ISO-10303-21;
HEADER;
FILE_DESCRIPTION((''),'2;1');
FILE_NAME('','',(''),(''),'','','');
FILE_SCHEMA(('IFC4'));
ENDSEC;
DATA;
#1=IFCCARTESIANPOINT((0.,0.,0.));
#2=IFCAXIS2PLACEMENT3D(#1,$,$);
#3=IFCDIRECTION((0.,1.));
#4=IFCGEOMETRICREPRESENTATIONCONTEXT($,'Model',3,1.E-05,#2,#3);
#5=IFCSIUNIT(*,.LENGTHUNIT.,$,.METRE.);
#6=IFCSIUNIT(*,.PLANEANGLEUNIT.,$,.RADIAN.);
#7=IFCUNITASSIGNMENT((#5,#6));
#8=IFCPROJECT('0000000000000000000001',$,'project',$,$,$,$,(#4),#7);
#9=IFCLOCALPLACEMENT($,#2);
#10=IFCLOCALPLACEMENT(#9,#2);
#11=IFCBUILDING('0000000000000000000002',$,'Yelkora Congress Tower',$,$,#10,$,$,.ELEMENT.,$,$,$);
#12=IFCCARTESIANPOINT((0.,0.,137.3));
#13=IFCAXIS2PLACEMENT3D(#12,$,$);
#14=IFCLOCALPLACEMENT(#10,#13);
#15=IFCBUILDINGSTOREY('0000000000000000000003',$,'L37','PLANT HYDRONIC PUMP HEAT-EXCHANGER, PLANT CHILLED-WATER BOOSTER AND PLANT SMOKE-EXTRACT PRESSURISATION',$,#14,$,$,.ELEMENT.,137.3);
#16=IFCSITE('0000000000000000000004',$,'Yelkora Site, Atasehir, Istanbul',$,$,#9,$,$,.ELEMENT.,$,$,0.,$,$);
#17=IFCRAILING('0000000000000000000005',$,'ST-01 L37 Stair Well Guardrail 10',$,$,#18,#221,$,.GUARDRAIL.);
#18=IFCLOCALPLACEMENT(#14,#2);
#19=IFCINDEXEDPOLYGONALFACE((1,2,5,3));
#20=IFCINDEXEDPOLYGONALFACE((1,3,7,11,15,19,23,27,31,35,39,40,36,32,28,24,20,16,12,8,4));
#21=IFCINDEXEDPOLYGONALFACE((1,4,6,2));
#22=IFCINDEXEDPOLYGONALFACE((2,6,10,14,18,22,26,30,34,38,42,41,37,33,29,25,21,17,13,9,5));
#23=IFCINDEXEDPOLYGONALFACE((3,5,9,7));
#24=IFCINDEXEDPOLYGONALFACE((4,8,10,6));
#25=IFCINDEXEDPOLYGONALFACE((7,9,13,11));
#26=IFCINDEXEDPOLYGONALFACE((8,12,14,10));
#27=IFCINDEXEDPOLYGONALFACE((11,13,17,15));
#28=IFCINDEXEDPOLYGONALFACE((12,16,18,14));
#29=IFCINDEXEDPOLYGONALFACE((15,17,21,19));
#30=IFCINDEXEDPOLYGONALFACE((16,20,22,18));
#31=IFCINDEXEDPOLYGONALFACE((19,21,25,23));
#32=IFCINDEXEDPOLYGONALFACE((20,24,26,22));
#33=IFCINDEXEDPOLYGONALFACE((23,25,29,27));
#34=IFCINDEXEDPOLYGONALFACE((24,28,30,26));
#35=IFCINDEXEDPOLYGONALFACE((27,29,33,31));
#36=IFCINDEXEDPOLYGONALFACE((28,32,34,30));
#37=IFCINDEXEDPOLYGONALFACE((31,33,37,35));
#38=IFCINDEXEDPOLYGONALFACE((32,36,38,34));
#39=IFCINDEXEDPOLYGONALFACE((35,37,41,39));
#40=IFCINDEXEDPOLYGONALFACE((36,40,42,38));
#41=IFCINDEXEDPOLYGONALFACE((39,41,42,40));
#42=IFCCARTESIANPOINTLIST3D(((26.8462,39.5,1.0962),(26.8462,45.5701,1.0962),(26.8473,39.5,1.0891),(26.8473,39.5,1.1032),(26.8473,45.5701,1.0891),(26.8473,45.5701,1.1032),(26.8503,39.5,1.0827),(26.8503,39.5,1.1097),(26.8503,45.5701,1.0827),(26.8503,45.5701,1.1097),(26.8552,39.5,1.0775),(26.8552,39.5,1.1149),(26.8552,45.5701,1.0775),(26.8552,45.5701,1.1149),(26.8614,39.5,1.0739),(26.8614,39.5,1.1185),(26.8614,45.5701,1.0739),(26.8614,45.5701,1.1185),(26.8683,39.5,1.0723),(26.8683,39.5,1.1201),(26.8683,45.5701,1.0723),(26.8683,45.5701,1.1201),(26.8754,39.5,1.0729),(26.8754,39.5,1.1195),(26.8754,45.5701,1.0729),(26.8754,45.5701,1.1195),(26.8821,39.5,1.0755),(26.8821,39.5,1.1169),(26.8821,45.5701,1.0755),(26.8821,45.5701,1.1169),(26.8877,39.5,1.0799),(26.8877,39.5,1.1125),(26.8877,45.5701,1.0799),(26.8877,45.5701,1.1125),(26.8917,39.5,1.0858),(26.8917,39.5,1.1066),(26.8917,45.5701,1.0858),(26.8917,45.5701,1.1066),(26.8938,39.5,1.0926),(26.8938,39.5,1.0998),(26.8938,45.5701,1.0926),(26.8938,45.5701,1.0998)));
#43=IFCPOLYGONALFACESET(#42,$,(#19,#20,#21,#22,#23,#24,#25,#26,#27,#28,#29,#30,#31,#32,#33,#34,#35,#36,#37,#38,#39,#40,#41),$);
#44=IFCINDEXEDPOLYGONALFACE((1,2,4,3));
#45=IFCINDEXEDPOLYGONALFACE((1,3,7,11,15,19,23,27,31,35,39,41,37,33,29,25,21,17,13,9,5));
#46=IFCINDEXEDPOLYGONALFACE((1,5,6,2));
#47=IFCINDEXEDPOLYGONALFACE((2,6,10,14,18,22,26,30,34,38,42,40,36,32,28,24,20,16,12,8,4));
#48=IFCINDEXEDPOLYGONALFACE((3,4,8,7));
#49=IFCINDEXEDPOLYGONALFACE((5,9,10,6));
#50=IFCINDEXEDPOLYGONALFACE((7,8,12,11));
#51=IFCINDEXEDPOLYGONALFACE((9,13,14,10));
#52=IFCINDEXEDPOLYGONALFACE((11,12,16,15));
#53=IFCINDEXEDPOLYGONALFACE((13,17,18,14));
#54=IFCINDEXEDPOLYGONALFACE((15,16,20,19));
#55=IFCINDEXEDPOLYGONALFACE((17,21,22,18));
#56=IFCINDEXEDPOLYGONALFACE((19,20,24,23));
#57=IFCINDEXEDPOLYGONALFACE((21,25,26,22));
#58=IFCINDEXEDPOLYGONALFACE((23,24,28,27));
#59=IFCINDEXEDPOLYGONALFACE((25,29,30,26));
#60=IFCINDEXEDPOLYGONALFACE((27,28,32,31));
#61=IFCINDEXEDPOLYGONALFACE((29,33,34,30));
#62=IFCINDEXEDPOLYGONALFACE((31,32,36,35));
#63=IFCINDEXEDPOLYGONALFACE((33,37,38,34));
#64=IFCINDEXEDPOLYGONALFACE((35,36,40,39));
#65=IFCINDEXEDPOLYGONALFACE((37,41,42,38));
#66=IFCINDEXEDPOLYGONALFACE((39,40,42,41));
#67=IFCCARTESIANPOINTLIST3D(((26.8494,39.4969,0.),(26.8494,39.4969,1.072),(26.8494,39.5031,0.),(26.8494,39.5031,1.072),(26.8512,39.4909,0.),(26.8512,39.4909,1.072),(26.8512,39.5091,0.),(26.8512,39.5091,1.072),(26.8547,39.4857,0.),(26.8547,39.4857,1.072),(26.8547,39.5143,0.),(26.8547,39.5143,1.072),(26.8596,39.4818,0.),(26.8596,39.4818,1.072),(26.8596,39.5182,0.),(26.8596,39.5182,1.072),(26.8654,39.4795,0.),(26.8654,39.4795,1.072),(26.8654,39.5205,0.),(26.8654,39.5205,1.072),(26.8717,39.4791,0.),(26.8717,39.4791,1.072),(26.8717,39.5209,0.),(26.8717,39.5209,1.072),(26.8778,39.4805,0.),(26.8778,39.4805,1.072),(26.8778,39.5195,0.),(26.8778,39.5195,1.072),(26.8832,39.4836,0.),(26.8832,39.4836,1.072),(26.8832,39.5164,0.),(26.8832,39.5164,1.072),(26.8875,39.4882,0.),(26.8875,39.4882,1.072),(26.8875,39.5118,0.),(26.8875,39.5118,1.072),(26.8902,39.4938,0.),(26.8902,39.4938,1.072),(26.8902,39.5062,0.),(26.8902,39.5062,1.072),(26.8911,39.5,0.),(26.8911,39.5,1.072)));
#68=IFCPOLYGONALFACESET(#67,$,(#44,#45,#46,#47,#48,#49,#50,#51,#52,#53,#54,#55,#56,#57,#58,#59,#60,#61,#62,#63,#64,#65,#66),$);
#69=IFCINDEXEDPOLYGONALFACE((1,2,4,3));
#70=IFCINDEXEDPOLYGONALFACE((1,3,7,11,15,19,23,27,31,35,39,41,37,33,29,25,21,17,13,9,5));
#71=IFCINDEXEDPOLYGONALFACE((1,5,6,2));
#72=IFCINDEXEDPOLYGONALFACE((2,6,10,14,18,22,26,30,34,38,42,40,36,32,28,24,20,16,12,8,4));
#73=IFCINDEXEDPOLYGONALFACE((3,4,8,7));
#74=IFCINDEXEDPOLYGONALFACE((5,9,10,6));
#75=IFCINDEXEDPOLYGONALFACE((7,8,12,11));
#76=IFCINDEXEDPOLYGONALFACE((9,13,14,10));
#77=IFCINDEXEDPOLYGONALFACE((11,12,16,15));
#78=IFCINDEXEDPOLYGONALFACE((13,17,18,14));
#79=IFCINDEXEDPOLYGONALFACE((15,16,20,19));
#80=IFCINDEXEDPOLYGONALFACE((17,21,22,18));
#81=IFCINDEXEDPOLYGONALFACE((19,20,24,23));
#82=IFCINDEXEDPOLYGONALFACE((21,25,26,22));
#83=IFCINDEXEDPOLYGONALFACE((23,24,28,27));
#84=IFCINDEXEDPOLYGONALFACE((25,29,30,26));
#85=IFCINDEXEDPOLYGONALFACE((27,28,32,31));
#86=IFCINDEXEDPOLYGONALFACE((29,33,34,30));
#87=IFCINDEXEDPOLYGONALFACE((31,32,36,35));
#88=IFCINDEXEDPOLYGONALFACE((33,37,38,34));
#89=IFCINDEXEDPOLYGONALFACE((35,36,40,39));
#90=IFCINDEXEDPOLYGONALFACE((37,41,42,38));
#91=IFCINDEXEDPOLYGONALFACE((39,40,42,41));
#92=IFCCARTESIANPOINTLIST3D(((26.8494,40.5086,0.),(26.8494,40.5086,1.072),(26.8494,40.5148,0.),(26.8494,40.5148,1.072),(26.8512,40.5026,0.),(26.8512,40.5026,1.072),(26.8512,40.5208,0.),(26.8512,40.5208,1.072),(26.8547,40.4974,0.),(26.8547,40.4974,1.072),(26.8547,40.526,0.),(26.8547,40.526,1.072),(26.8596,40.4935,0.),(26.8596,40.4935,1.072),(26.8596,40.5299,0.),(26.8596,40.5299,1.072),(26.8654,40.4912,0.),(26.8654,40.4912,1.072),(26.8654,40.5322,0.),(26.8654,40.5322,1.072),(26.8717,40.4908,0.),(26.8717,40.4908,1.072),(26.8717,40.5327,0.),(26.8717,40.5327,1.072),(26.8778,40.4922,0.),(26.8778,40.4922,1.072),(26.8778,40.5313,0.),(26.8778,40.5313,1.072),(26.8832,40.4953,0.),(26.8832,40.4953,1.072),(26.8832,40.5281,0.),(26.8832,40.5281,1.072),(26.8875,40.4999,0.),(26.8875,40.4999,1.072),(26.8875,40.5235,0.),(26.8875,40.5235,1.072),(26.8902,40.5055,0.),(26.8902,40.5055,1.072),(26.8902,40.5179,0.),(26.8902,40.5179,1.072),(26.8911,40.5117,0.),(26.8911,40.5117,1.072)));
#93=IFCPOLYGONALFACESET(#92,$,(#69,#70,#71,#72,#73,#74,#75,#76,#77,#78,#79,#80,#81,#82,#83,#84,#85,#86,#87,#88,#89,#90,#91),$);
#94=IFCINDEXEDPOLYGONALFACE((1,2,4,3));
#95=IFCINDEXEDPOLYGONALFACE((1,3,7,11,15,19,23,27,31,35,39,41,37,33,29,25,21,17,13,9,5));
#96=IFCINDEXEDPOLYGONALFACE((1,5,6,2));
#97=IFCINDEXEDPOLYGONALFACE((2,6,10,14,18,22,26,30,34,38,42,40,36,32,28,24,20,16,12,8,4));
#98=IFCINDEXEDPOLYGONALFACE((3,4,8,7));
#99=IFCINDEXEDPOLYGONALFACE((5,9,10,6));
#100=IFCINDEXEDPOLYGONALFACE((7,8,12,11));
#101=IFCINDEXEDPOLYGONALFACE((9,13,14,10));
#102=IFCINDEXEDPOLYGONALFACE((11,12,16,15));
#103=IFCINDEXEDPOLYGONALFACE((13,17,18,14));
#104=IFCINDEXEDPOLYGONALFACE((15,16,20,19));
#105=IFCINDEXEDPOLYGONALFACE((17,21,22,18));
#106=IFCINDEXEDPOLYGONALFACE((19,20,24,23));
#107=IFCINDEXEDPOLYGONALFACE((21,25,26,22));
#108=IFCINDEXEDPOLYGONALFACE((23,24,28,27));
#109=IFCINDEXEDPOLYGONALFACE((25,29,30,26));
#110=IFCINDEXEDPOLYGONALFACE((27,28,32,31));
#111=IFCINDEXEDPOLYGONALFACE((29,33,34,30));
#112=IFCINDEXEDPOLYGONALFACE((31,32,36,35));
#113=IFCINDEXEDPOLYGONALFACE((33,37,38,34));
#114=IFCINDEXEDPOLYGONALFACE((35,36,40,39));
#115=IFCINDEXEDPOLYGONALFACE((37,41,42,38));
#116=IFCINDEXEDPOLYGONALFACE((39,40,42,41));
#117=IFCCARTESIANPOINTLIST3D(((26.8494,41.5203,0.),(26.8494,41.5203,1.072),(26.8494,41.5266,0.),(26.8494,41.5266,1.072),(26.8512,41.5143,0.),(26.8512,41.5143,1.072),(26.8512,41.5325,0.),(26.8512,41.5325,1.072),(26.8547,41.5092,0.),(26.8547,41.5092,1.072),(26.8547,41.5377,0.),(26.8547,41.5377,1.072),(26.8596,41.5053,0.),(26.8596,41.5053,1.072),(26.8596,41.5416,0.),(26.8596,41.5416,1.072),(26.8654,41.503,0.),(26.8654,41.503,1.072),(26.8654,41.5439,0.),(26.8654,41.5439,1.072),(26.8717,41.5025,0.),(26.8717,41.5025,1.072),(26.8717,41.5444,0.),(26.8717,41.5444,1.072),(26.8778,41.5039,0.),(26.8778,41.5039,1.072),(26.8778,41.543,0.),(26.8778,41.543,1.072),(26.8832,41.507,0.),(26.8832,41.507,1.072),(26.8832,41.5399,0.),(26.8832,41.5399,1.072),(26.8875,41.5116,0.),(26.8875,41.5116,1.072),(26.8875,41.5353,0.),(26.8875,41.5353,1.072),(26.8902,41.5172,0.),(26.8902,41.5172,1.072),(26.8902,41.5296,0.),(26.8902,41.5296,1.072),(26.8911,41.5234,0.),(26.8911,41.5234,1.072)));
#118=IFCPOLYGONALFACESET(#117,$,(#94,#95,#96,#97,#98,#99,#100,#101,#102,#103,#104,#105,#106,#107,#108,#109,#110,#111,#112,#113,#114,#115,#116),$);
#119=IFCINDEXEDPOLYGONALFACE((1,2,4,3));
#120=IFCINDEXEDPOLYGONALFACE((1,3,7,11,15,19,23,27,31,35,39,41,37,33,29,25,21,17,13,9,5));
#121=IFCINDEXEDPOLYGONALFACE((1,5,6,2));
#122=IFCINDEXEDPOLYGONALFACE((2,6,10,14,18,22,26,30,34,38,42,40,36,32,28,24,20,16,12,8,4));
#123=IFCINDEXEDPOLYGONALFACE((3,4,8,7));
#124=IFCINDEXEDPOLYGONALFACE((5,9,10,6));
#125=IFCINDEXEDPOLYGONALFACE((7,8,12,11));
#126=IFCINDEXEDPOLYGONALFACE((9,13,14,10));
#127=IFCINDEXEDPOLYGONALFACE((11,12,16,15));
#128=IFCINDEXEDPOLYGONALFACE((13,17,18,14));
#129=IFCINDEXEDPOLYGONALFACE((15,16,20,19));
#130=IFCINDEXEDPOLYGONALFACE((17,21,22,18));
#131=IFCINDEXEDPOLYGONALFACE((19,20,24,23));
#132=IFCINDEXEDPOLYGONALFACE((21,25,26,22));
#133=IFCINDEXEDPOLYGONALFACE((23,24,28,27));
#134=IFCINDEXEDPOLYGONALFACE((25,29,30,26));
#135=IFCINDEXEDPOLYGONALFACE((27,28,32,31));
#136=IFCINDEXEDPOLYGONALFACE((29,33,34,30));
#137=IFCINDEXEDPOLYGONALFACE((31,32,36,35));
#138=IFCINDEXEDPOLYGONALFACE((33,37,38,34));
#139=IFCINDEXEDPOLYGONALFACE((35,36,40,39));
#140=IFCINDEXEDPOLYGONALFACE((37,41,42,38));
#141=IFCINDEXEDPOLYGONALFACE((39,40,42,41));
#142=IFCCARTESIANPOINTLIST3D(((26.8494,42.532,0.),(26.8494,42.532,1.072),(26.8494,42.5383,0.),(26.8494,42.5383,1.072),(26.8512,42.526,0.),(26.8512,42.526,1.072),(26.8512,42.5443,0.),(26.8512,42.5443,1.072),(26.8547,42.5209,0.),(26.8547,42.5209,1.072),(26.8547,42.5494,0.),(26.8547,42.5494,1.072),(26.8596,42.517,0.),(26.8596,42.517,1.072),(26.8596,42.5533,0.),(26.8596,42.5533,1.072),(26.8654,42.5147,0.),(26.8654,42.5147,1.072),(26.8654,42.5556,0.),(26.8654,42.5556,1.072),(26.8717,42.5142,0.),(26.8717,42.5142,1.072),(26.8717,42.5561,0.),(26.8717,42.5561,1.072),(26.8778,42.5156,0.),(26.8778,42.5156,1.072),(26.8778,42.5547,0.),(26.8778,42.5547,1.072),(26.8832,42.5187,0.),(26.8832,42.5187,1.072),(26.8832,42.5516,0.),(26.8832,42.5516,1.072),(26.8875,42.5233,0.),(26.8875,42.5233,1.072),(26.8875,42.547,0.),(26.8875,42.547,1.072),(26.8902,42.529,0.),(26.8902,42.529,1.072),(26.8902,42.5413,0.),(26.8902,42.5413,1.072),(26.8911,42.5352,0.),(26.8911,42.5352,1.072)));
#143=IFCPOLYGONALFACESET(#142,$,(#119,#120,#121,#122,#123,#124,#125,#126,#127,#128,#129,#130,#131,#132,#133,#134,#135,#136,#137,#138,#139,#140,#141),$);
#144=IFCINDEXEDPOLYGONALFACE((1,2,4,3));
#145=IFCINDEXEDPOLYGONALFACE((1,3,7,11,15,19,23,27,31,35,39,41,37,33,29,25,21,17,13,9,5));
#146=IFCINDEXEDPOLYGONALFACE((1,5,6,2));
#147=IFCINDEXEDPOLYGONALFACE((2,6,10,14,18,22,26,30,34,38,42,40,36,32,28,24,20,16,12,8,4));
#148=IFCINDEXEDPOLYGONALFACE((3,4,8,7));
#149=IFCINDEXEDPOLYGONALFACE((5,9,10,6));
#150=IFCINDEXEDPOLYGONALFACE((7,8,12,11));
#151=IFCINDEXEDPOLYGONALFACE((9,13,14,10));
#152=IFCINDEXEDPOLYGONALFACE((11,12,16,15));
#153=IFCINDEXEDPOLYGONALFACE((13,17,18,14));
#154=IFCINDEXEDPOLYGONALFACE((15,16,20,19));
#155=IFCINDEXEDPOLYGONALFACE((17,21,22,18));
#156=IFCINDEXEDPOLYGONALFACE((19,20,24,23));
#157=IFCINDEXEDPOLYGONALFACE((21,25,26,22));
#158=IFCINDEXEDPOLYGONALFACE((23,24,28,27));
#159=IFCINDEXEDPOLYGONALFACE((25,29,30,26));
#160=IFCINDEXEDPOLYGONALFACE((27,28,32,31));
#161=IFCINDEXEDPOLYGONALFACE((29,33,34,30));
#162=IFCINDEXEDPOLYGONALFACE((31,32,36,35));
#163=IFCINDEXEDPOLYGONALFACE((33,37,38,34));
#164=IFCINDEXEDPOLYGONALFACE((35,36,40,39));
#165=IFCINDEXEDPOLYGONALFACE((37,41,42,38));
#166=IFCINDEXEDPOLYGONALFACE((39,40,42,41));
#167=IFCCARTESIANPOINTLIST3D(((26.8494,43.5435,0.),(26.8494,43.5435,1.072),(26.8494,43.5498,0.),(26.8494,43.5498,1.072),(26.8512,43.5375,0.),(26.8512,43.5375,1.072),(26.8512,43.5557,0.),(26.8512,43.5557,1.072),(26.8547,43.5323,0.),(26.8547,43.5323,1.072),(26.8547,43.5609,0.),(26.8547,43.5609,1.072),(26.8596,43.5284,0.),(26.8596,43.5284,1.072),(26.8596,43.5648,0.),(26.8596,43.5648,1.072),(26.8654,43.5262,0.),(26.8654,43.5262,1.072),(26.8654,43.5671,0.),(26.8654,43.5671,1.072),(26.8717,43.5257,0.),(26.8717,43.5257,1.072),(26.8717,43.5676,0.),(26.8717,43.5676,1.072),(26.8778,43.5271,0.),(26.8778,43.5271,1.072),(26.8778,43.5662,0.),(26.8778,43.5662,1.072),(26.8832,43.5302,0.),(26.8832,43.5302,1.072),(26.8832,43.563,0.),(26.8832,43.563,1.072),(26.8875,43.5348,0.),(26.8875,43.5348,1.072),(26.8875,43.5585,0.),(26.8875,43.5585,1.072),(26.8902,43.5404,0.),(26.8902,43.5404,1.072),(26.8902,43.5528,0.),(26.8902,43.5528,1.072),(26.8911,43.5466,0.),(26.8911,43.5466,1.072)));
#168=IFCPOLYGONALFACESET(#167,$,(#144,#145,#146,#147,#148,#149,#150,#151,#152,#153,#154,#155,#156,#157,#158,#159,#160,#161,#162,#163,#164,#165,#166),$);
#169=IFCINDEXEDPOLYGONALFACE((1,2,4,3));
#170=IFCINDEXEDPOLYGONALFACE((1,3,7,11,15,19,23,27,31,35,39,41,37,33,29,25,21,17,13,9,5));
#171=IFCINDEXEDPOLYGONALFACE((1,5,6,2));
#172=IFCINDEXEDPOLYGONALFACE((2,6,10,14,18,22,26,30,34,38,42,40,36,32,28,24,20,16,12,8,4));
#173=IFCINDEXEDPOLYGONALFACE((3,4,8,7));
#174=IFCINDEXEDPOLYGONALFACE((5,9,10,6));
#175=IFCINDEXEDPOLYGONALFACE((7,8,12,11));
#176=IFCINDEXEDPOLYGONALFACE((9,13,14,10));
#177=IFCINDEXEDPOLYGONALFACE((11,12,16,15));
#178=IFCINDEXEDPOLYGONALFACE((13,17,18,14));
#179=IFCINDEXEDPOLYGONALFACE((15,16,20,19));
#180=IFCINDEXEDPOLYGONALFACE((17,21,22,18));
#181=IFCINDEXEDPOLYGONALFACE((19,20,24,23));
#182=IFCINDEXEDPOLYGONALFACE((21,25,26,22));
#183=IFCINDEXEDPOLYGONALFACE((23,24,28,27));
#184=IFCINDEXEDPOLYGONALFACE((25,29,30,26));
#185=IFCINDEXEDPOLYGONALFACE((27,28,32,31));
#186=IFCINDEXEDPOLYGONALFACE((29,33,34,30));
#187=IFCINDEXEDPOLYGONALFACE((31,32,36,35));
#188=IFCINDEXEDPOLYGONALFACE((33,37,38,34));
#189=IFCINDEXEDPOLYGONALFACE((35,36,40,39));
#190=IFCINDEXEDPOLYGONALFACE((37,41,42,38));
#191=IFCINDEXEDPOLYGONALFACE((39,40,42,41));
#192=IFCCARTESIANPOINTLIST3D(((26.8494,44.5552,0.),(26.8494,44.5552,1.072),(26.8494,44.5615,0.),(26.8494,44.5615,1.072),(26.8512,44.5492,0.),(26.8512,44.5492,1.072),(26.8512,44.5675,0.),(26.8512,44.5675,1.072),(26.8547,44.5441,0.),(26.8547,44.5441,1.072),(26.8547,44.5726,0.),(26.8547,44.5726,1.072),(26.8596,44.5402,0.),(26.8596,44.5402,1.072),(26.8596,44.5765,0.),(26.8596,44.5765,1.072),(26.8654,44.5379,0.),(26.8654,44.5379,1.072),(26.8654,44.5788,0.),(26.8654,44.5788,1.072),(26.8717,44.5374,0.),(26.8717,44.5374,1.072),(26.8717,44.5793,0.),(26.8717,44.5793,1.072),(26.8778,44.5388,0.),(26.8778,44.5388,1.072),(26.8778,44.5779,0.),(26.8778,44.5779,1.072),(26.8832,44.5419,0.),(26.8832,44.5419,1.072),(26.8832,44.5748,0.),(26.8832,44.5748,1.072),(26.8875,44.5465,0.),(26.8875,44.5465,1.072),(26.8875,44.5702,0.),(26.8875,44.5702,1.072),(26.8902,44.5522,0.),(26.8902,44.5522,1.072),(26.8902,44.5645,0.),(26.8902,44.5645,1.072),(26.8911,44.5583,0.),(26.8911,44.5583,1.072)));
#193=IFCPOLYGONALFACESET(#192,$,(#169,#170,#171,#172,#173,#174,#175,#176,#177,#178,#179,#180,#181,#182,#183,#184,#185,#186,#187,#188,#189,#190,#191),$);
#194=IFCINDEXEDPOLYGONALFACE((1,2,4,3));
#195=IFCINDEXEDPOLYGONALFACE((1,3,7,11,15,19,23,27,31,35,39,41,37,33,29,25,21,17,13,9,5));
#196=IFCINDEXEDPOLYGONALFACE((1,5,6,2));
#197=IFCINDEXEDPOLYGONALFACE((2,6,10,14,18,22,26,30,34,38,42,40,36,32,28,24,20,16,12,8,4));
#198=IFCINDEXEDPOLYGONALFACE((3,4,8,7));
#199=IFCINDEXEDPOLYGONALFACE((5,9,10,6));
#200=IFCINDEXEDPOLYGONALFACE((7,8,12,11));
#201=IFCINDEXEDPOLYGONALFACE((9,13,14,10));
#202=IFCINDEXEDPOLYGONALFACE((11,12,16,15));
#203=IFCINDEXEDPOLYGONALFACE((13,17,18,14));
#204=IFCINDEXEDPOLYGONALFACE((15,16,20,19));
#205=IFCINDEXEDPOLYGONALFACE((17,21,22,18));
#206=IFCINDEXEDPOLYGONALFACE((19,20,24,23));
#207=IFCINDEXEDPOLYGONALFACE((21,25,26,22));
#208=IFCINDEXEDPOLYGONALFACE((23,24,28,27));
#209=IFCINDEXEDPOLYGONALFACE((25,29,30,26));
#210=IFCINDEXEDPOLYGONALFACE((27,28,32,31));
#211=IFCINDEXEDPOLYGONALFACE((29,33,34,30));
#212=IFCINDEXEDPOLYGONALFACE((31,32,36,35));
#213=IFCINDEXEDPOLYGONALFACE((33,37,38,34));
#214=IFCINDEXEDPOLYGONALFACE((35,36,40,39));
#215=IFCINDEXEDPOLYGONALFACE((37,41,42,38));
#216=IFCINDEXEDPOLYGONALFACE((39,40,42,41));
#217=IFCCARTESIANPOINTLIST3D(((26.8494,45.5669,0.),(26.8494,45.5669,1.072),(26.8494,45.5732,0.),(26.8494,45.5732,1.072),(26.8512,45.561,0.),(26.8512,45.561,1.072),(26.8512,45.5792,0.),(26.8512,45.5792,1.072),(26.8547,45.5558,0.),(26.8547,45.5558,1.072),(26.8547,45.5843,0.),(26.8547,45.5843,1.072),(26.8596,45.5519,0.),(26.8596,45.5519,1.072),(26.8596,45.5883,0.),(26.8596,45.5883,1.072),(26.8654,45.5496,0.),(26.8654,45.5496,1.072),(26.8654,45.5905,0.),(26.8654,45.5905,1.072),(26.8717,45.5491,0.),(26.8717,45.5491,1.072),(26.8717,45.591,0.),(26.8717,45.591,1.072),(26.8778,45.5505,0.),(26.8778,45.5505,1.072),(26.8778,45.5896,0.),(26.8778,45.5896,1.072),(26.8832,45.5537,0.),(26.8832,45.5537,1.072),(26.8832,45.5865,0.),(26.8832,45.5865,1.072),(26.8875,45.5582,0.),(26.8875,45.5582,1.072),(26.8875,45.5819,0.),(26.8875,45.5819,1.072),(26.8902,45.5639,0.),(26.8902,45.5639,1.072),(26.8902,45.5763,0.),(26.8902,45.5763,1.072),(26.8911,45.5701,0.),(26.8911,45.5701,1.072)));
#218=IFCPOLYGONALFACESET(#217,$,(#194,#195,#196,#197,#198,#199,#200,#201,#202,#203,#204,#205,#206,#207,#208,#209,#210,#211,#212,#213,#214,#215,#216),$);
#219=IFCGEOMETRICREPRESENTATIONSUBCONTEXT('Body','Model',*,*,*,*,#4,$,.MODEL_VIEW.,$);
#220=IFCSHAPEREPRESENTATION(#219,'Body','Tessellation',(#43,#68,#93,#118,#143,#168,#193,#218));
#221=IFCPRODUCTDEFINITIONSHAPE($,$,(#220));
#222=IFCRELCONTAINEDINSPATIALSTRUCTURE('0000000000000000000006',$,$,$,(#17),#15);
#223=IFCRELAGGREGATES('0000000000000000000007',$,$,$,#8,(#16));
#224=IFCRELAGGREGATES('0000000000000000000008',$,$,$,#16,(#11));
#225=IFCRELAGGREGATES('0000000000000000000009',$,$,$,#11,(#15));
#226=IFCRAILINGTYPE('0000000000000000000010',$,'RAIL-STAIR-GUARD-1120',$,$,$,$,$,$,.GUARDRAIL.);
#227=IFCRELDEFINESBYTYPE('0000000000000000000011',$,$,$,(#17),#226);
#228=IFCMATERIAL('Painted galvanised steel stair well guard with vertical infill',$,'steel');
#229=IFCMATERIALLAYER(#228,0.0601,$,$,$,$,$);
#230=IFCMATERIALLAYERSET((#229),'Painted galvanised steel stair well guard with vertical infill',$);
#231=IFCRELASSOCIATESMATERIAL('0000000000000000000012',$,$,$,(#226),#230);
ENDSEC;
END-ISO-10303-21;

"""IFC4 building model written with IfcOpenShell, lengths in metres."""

from ifc_helpers import new_model, si_unit, direction, frame, origin, origin_2d, place, context, subcontext, project, spatial, circle, extrude, material, layer, layer_set, type_object, element, save


model = new_model("IFC4")

# Units and contexts
model_context = context("Model", 3, precision=1e-05, world=origin(), true_north=direction((0.0, 1.0)))
body_context = subcontext(model_context, "Body", "Model", "MODEL_VIEW")
ifc_project = project(units=[si_unit("LENGTHUNIT", "METRE"), si_unit("PLANEANGLEUNIT", "RADIAN")], contexts=[model_context])

# Site, building, storey
site_placement = place(None, origin())
site = spatial("IfcSite", under=ifc_project, at=site_placement, Name="Yelkora Site, Atasehir, Istanbul", CompositionType="ELEMENT", RefElevation=0.0)
building_placement = place(site_placement, origin())
building = spatial("IfcBuilding", under=site, at=building_placement, Name="Yelkora Congress Tower", CompositionType="ELEMENT")
storey_placement = place(building_placement, frame((0.0, 0.0, 137.3)))
storey = spatial("IfcBuildingStorey", under=building, at=storey_placement, Name="L37", Description="PLANT HYDRONIC PUMP HEAT-EXCHANGER, PLANT CHILLED-WATER BOOSTER AND PLANT SMOKE-EXTRACT PRESSURISATION", CompositionType="ELEMENT", Elevation=137.3)

# Railing
ifc_material_1 = material(Name="Painted galvanised steel stair well guard with vertical infill", Category="steel")
ifc_layer_1 = layer(ifc_material_1, 0.0601)
ifc_layer_set_1 = layer_set([ifc_layer_1], Name="Painted galvanised steel stair well guard with vertical infill")
railing_type_1 = type_object("IfcRailingType", Name="RAIL-STAIR-GUARD-1120", PredefinedType="GUARDRAIL", material=ifc_layer_set_1)
railing_1_placement = place(storey_placement, frame((26.8701, 39.5, 0.0)))
element("IfcRailing", 1, at=railing_1_placement, inside=storey, type_object=railing_type_1, Name="ST-01 L37 Stair Well Guardrail 10", PredefinedType="GUARDRAIL", context=body_context, shape_type="SweptSolid", body=[
    extrude(circle(Radius=0.0239, at=origin_2d()), frame((0.0, 0.0, 1.0962), z_axis=(0.0, 1.0, 0.0), x_axis=(-1.0, 0.0, 0.0)), (0.0, 0.0, 1.0), 6.0701),
    extrude(circle(Radius=0.021, at=origin_2d()), origin(), (0.0, 0.0, 1.0), 1.072),
    extrude(circle(Radius=0.021, at=origin_2d()), frame((0.0, 1.0117, 0.0)), (0.0, 0.0, 1.0), 1.072),
    extrude(circle(Radius=0.021, at=origin_2d()), frame((0.0, 2.0234, 0.0)), (0.0, 0.0, 1.0), 1.072),
    extrude(circle(Radius=0.021, at=origin_2d()), frame((0.0, 3.0352, 0.0)), (0.0, 0.0, 1.0), 1.072),
    extrude(circle(Radius=0.021, at=origin_2d()), frame((0.0, 4.0466, 0.0)), (0.0, 0.0, 1.0), 1.072),
    extrude(circle(Radius=0.021, at=origin_2d()), frame((0.0, 5.0583, 0.0)), (0.0, 0.0, 1.0), 1.072),
    extrude(circle(Radius=0.021, at=origin_2d()), frame((0.0, 6.0701, 0.0)), (0.0, 0.0, 1.0), 1.072),
])

save(model, "model.ifc")
